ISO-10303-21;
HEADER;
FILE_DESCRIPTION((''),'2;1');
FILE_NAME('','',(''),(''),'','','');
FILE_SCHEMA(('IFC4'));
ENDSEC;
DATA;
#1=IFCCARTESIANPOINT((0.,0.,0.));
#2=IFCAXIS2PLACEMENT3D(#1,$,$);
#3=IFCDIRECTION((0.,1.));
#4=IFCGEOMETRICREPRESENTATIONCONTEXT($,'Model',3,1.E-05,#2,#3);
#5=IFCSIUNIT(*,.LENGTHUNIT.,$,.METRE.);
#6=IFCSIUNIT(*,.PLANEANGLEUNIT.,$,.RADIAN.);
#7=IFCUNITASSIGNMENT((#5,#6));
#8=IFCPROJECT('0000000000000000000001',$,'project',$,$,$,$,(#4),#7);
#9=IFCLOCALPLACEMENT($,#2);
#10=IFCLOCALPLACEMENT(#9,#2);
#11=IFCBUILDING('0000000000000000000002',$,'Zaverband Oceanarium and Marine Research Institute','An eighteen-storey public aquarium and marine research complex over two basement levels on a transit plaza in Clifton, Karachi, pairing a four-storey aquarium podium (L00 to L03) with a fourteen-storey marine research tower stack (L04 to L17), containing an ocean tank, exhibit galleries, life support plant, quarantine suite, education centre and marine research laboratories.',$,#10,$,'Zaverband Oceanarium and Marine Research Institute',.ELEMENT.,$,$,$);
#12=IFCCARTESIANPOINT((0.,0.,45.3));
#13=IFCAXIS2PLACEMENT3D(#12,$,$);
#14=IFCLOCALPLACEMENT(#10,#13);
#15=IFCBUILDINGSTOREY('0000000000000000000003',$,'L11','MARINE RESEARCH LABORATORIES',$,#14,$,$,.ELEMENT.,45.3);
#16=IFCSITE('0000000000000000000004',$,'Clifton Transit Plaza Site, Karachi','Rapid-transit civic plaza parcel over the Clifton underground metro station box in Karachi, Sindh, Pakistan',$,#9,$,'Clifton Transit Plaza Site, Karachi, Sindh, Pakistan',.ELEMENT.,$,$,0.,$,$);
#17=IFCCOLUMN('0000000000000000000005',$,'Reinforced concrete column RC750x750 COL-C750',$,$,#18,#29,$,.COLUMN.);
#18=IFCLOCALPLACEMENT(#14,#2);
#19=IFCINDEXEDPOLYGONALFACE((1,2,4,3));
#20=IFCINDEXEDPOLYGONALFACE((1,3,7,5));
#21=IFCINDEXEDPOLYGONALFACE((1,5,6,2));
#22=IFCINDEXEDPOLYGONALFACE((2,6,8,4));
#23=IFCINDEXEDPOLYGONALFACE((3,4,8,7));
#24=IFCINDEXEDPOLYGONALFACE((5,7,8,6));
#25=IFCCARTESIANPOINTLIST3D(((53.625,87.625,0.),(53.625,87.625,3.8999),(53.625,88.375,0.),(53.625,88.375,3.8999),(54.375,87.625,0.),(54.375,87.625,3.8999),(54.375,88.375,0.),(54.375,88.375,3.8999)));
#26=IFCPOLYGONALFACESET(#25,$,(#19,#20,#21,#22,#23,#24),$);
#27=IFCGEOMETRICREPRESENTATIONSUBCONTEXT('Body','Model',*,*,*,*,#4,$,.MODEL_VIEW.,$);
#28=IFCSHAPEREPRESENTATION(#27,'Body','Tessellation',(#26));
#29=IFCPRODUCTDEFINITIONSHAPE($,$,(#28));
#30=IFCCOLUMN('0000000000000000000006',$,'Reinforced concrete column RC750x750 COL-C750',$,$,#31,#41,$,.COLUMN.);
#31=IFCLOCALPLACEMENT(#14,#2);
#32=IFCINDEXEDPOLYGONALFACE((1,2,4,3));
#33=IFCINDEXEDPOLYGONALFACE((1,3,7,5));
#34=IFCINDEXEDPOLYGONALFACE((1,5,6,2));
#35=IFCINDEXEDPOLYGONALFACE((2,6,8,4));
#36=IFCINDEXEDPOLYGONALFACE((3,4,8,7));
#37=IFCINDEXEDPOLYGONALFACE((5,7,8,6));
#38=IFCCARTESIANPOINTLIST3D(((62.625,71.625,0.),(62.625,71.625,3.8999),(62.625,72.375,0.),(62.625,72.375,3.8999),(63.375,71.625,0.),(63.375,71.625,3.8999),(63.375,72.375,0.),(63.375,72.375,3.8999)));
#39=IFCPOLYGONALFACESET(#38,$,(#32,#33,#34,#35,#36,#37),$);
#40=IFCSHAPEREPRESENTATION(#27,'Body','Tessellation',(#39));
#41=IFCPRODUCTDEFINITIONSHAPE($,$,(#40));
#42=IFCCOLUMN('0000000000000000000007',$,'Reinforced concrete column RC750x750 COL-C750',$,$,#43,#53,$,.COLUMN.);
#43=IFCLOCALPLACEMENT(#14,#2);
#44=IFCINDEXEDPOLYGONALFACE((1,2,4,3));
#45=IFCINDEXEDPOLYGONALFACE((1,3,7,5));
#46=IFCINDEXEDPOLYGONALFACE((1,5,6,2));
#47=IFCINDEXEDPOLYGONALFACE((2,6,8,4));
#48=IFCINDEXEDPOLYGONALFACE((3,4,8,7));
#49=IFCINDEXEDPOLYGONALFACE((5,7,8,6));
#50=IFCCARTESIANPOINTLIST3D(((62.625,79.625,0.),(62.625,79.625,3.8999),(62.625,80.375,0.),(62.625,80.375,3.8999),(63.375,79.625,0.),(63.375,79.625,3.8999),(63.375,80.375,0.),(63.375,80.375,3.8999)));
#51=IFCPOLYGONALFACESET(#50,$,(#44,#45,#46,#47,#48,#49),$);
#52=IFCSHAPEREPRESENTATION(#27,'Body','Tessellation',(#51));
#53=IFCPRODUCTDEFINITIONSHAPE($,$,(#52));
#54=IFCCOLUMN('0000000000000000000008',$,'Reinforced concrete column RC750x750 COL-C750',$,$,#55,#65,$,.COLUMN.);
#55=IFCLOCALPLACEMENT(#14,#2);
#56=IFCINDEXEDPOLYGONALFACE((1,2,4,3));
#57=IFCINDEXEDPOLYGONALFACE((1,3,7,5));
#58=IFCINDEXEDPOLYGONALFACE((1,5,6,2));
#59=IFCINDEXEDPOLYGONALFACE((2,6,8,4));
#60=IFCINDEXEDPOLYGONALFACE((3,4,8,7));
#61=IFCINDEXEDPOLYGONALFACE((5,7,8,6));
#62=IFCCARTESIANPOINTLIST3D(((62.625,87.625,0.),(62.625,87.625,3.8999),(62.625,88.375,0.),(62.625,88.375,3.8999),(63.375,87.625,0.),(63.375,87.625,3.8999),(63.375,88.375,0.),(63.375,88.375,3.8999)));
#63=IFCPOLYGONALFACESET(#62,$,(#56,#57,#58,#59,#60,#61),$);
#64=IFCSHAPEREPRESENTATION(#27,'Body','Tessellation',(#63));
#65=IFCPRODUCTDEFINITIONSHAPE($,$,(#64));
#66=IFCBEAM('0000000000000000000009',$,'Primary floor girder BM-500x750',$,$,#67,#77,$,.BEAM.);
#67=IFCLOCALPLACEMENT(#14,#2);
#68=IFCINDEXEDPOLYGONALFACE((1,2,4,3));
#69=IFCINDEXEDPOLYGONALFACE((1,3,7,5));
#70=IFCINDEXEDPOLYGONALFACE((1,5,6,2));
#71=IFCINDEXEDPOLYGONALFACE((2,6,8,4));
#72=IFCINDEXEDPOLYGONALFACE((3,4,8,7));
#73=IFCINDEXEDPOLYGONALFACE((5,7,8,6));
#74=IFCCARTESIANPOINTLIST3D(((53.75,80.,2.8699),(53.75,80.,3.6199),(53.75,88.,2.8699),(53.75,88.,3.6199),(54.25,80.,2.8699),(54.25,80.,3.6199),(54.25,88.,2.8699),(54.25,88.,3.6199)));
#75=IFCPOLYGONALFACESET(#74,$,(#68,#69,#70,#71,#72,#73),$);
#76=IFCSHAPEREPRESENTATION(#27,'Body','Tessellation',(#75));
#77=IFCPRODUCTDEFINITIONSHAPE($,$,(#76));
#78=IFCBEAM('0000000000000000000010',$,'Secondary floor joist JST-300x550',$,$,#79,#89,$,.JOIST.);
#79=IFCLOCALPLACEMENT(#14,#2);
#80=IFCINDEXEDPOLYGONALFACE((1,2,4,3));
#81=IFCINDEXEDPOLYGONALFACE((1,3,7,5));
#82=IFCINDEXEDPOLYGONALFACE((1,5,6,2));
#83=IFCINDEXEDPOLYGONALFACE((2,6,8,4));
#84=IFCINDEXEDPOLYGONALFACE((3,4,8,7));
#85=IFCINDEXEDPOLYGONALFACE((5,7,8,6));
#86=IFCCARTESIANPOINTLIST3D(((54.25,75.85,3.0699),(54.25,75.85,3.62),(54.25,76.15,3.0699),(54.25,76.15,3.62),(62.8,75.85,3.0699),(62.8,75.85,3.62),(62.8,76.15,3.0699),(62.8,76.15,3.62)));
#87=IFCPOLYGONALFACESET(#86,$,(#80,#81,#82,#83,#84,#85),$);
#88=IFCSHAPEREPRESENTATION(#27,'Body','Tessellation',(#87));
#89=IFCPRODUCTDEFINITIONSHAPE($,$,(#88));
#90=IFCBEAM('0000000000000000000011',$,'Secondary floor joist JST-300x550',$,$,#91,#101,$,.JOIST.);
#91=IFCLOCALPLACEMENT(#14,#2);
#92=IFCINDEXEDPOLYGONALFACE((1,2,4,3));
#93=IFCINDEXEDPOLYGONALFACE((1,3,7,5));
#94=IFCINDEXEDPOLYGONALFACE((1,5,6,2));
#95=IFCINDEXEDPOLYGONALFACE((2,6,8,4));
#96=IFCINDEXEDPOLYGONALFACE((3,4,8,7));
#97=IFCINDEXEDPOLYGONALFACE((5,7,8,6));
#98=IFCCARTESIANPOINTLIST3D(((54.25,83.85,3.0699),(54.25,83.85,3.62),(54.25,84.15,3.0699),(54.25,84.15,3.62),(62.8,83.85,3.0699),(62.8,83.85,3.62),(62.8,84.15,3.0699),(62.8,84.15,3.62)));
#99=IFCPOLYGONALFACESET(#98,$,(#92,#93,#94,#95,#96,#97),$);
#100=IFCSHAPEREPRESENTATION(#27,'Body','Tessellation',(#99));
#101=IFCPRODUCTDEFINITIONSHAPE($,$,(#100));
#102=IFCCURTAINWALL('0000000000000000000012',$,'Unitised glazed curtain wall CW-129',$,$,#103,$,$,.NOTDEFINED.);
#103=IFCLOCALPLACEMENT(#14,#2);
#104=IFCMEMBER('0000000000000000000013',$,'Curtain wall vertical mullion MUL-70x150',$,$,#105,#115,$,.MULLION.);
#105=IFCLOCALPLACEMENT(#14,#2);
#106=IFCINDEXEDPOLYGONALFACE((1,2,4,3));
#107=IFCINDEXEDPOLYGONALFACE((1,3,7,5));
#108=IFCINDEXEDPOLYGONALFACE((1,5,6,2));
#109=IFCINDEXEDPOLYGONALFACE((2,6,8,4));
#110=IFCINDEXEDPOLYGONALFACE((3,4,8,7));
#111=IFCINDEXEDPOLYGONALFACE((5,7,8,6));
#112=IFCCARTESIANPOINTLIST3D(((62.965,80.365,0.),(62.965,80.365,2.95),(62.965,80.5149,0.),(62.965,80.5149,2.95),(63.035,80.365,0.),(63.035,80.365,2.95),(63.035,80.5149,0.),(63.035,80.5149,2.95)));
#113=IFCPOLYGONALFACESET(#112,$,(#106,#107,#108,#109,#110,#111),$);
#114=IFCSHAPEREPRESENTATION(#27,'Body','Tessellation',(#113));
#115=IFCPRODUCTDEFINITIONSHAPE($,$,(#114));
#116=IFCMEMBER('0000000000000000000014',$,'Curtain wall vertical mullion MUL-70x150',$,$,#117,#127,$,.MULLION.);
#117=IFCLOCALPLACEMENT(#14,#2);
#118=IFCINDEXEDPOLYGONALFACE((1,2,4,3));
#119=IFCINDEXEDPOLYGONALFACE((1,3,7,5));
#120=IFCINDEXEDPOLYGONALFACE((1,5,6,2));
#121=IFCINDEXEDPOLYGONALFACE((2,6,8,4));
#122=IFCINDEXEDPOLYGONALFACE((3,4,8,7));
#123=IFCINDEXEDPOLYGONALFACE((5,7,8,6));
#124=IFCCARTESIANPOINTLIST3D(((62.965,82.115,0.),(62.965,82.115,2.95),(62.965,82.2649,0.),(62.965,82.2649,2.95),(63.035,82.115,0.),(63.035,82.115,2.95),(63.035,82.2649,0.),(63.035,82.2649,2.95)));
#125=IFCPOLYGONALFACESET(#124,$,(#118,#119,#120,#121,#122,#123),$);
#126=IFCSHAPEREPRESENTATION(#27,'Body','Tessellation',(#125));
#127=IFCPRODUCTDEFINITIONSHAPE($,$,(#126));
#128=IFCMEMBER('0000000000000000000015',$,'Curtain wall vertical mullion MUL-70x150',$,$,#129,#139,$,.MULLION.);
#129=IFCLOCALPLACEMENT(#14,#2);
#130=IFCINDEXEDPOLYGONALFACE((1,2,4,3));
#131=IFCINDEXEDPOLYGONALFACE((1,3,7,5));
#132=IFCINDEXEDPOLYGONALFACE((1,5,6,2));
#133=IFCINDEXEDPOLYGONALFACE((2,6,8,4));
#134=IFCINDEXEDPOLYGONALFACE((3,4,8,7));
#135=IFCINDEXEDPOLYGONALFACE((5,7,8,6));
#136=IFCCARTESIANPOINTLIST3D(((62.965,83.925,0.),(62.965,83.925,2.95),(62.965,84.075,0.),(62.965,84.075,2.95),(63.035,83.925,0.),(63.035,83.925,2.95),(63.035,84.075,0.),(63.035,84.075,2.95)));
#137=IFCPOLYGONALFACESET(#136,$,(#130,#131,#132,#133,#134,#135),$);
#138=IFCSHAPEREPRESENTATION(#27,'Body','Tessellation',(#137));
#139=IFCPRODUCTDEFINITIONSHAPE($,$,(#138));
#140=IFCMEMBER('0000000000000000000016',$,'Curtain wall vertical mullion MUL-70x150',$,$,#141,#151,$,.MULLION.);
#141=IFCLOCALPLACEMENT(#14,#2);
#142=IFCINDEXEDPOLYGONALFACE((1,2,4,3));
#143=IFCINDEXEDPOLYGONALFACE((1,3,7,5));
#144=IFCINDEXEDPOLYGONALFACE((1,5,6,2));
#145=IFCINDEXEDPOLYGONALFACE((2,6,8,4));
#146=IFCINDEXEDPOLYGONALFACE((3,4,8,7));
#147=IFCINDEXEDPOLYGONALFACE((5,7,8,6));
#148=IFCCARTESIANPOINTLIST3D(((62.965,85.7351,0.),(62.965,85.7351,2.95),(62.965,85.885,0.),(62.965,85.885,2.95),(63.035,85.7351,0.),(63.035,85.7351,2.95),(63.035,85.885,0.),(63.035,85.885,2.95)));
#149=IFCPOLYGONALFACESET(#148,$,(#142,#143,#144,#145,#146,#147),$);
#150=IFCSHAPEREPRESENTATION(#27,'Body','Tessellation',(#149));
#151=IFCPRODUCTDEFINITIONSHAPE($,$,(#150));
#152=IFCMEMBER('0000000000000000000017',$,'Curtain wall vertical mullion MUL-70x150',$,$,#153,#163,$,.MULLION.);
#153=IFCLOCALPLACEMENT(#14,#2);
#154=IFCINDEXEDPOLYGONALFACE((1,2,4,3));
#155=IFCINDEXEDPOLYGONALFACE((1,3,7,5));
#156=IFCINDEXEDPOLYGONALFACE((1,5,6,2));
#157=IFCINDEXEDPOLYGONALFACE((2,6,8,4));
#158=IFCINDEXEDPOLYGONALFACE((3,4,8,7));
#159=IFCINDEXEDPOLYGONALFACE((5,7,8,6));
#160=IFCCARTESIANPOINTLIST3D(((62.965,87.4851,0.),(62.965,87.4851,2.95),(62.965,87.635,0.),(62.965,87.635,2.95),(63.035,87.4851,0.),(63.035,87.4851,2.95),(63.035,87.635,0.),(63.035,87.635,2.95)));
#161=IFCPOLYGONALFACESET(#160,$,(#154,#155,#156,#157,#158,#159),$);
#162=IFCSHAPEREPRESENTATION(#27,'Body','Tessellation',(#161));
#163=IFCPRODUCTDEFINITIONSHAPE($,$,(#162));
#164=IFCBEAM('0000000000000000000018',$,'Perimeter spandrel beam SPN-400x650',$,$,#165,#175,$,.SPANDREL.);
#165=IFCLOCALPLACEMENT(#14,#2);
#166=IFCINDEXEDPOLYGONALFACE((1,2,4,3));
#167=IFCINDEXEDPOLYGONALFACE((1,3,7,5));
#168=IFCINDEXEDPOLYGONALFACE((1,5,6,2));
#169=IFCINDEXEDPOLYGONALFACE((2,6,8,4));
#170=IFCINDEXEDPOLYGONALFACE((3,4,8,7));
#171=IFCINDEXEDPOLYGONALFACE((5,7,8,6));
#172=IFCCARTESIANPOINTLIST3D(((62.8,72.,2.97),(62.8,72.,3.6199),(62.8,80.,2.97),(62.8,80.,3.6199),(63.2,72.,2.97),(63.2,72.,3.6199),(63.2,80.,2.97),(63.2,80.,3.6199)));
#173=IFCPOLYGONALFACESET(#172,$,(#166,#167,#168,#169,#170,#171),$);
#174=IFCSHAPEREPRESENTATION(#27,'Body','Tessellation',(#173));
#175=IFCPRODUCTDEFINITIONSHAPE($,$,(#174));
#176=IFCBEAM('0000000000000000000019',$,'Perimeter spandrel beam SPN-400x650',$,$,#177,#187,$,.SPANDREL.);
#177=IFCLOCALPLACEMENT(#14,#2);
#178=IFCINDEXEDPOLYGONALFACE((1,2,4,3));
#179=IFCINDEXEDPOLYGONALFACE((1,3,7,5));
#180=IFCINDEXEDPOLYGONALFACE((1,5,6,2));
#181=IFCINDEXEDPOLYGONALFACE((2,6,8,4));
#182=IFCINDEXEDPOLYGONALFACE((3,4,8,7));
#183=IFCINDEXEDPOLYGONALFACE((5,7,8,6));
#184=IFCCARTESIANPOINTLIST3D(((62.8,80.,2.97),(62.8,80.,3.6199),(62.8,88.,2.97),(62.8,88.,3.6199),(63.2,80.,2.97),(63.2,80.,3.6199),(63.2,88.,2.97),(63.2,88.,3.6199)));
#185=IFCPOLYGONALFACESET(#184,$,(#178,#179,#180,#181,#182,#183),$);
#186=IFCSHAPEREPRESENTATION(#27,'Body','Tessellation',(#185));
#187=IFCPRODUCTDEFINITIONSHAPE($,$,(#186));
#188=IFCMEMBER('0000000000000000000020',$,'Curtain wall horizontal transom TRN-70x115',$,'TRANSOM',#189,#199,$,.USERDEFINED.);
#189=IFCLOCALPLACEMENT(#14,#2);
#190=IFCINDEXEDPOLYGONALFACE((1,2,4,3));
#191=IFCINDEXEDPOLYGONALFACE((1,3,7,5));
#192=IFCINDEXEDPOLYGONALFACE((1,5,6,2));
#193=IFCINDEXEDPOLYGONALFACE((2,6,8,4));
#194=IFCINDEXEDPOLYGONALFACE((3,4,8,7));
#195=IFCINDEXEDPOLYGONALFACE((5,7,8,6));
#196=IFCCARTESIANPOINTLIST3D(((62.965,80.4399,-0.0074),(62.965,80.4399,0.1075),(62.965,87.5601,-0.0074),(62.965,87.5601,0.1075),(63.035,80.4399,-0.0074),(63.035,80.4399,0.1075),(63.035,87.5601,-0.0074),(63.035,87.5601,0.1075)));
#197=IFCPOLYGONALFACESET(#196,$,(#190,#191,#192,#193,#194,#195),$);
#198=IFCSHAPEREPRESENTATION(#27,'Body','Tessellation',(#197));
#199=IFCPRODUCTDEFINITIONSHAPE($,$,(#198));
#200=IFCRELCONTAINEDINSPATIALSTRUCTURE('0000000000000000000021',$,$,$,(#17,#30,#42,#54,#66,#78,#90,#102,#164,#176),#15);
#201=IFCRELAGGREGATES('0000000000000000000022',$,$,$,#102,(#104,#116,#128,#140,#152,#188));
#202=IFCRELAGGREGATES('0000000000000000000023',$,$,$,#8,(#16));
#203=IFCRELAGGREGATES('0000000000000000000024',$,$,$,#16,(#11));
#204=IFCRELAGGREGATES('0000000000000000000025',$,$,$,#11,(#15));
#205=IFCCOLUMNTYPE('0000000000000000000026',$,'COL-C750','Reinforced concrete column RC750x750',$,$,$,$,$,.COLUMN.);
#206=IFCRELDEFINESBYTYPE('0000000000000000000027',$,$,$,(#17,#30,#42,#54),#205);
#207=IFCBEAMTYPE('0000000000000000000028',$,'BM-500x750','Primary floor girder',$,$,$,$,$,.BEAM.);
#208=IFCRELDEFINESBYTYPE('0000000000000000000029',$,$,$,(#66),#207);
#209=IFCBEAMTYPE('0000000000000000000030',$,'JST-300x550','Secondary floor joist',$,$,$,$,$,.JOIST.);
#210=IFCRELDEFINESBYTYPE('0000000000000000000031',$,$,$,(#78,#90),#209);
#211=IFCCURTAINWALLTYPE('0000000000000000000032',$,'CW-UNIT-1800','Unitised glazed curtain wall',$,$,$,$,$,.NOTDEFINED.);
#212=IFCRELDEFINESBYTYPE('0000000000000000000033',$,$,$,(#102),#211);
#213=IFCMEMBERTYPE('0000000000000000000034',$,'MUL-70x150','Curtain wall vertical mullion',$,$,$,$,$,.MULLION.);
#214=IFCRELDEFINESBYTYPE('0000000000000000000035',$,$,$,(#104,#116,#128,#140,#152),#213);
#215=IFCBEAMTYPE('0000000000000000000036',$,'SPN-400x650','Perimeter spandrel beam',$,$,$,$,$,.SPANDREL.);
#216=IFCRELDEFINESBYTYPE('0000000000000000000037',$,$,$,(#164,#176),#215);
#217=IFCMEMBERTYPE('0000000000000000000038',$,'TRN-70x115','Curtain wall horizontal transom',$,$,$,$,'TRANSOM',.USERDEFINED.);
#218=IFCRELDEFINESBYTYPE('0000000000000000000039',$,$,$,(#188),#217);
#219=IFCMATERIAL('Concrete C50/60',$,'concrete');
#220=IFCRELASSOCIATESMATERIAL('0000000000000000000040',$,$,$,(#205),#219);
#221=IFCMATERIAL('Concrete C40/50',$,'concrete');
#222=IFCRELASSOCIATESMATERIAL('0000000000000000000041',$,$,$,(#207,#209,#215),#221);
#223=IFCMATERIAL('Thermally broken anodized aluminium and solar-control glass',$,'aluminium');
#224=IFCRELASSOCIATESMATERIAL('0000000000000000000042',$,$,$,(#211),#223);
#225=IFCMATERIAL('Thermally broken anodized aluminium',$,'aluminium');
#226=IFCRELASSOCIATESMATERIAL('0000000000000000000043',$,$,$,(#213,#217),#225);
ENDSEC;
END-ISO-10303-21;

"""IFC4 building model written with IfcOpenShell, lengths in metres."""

from ifc_helpers import new_model, si_unit, direction, frame, origin, origin_2d, place, context, subcontext, project, spatial, rectangle, extrude, material, material_profile, profile_set, type_object, element, aggregate, save


model = new_model("IFC4")

# Units and contexts
model_context = context("Model", 3, precision=1e-05, world=origin(), true_north=direction((0.0, 1.0)))
body_context = subcontext(model_context, "Body", "Model", "MODEL_VIEW")
ifc_project = project(units=[si_unit("LENGTHUNIT", "METRE"), si_unit("PLANEANGLEUNIT", "RADIAN")], contexts=[model_context])

# Site, building, storey
site_placement = place(None, origin())
site = spatial("IfcSite", under=ifc_project, at=site_placement, Name="Clifton Transit Plaza Site, Karachi", Description="Rapid-transit civic plaza parcel over the Clifton underground metro station box in Karachi, Sindh, Pakistan", LongName="Clifton Transit Plaza Site, Karachi, Sindh, Pakistan", CompositionType="ELEMENT", RefElevation=0.0)
building_placement = place(site_placement, origin())
building = spatial("IfcBuilding", under=site, at=building_placement, Name="Zaverband Oceanarium and Marine Research Institute", Description="An eighteen-storey public aquarium and marine research complex over two basement levels on a transit plaza in Clifton, Karachi, pairing a four-storey aquarium podium (L00 to L03) with a fourteen-storey marine research tower stack (L04 to L17), containing an ocean tank, exhibit galleries, life support plant, quarantine suite, education centre and marine research laboratories.", LongName="Zaverband Oceanarium and Marine Research Institute", CompositionType="ELEMENT")
storey_placement = place(building_placement, frame((0.0, 0.0, 45.3)))
storey = spatial("IfcBuildingStorey", under=building, at=storey_placement, Name="L11", Description="MARINE RESEARCH LABORATORIES", CompositionType="ELEMENT", Elevation=45.3)

# Columns
ifc_material_1 = material(Name="Concrete C50/60", Category="concrete")
ifc_material_profile_1 = material_profile(ifc_material_1, rectangle(XDim=0.75, YDim=0.75, at=origin_2d()), Name="RC750x750")
ifc_profile_set_1 = profile_set([ifc_material_profile_1], Name="Concrete C50/60")
column_type = type_object("IfcColumnType", Name="COL-C750", Description="Reinforced concrete column RC750x750", PredefinedType="COLUMN", material=ifc_profile_set_1)
for number, where, z_axis, x_axis, name in (
    (1, (54.0, 88.0, 0.0), (0.0, 0.0, 1.0), (1.0, 0.0, 0.0), "Reinforced concrete column RC750x750 COL-C750"),
    (2, (63.0, 72.0, 0.0), (0.0, 0.0, 1.0), (1.0, 0.0, 0.0), "Reinforced concrete column RC750x750 COL-C750"),
    (3, (63.0, 80.0, 0.0), (0.0, 0.0, 1.0), (1.0, 0.0, 0.0), "Reinforced concrete column RC750x750 COL-C750"),
    (4, (63.0, 88.0, 0.0), (0.0, 0.0, 1.0), (1.0, 0.0, 0.0), "Reinforced concrete column RC750x750 COL-C750"),
):
    element("IfcColumn", number, at=place(storey_placement, frame(where, z_axis=z_axis, x_axis=x_axis)), inside=storey, type_object=column_type, Name=name, PredefinedType="COLUMN", context=body_context, shape_type="SweptSolid", body=[
        extrude(rectangle(XDim=0.75, YDim=0.75, at=origin_2d()), origin(), (0.0, 0.0, 1.0), 3.8999),
    ])

# Beams
ifc_material_2 = material(Name="Concrete C40/50", Category="concrete")
ifc_material_profile_2 = material_profile(ifc_material_2, rectangle(XDim=0.5, YDim=0.75, at=origin_2d()), Name="RC500x750")
ifc_profile_set_2 = profile_set([ifc_material_profile_2], Name="Concrete C40/50")
beam_type_1 = type_object("IfcBeamType", Name="BM-500x750", Description="Primary floor girder", PredefinedType="BEAM", material=ifc_profile_set_2)
beam_placement = place(storey_placement, frame((54.0, 80.0, 3.2449), z_axis=(0.0, 1.0, 0.0), x_axis=(-1.0, 0.0, 0.0)))
element("IfcBeam", 5, at=beam_placement, inside=storey, type_object=beam_type_1, Name="Primary floor girder BM-500x750", PredefinedType="BEAM", context=body_context, shape_type="SweptSolid", body=[
    extrude(rectangle(XDim=0.5, YDim=0.75, at=origin_2d()), origin(), (0.0, 0.0, 1.0), 8.0),
])
ifc_material_profile_3 = material_profile(ifc_material_2, rectangle(XDim=0.3, YDim=0.55, at=origin_2d()), Name="RC300x550")
ifc_profile_set_3 = profile_set([ifc_material_profile_3], Name="Concrete C40/50")
beam_type_2 = type_object("IfcBeamType", Name="JST-300x550", Description="Secondary floor joist", PredefinedType="JOIST", material=ifc_profile_set_3)
for number, where, z_axis, x_axis, name in (
    (6, (54.25, 76.0, 3.345), (1.0, 0.0, 0.0), (0.0, 1.0, 0.0), "Secondary floor joist JST-300x550"),
    (7, (54.25, 84.0, 3.345), (1.0, 0.0, 0.0), (0.0, 1.0, 0.0), "Secondary floor joist JST-300x550"),
):
    element("IfcBeam", number, at=place(storey_placement, frame(where, z_axis=z_axis, x_axis=x_axis)), inside=storey, type_object=beam_type_2, Name=name, PredefinedType="JOIST", context=body_context, shape_type="SweptSolid", body=[
        extrude(rectangle(XDim=0.3, YDim=0.55, at=origin_2d()), origin(), (0.0, 0.0, 1.0), 8.55),
    ])

# Curtain wall, members
ifc_material_3 = material(Name="Thermally broken anodized aluminium and solar-control glass", Category="aluminium")
curtain_wall_type = type_object("IfcCurtainWallType", Name="CW-UNIT-1800", Description="Unitised glazed curtain wall", PredefinedType="NOTDEFINED", material=ifc_material_3)
curtain_wall_placement = place(storey_placement, origin())
curtain_wall = element("IfcCurtainWall", 8, at=curtain_wall_placement, inside=storey, type_object=curtain_wall_type, Name="Unitised glazed curtain wall CW-129", PredefinedType="NOTDEFINED")
ifc_material_4 = material(Name="Thermally broken anodized aluminium", Category="aluminium")
ifc_material_profile_4 = material_profile(ifc_material_4, rectangle(XDim=0.0701, YDim=0.1499, at=origin_2d()), Name="AL-MUL-70x150")
ifc_profile_set_4 = profile_set([ifc_material_profile_4], Name="Thermally broken anodized aluminium")
member_type_1 = type_object("IfcMemberType", Name="MUL-70x150", Description="Curtain wall vertical mullion", PredefinedType="MULLION", material=ifc_profile_set_4)
member_1_placement = place(storey_placement, frame((63.0, 80.4399, 0.0), z_axis=(0.0, 0.0, 1.0), x_axis=(1.0, 0.0, 0.0)))
member_1 = element("IfcMember", 9, at=member_1_placement, type_object=member_type_1, Name="Curtain wall vertical mullion MUL-70x150", PredefinedType="MULLION", context=body_context, shape_type="SweptSolid", body=[
    extrude(rectangle(XDim=0.0701, YDim=0.1499, at=origin_2d()), origin(), (0.0, 0.0, 1.0), 2.95),
])
member_2_placement = place(storey_placement, frame((63.0, 82.1899, 0.0), z_axis=(0.0, 0.0, 1.0), x_axis=(1.0, 0.0, 0.0)))
member_2 = element("IfcMember", 10, at=member_2_placement, type_object=member_type_1, Name="Curtain wall vertical mullion MUL-70x150", PredefinedType="MULLION", context=body_context, shape_type="SweptSolid", body=[
    extrude(rectangle(XDim=0.0701, YDim=0.1499, at=origin_2d()), origin(), (0.0, 0.0, 1.0), 2.95),
])
member_3_placement = place(storey_placement, frame((63.0, 84.0, 0.0), z_axis=(0.0, 0.0, 1.0), x_axis=(1.0, 0.0, 0.0)))
member_3 = element("IfcMember", 11, at=member_3_placement, type_object=member_type_1, Name="Curtain wall vertical mullion MUL-70x150", PredefinedType="MULLION", context=body_context, shape_type="SweptSolid", body=[
    extrude(rectangle(XDim=0.0701, YDim=0.1499, at=origin_2d()), origin(), (0.0, 0.0, 1.0), 2.95),
])
member_4_placement = place(storey_placement, frame((63.0, 85.8101, 0.0), z_axis=(0.0, 0.0, 1.0), x_axis=(1.0, 0.0, 0.0)))
member_4 = element("IfcMember", 12, at=member_4_placement, type_object=member_type_1, Name="Curtain wall vertical mullion MUL-70x150", PredefinedType="MULLION", context=body_context, shape_type="SweptSolid", body=[
    extrude(rectangle(XDim=0.0701, YDim=0.1499, at=origin_2d()), origin(), (0.0, 0.0, 1.0), 2.95),
])
member_5_placement = place(storey_placement, frame((63.0, 87.5601, 0.0), z_axis=(0.0, 0.0, 1.0), x_axis=(1.0, 0.0, 0.0)))
member_5 = element("IfcMember", 13, at=member_5_placement, type_object=member_type_1, Name="Curtain wall vertical mullion MUL-70x150", PredefinedType="MULLION", context=body_context, shape_type="SweptSolid", body=[
    extrude(rectangle(XDim=0.0701, YDim=0.1499, at=origin_2d()), origin(), (0.0, 0.0, 1.0), 2.95),
])

# Beams
ifc_material_profile_5 = material_profile(ifc_material_2, rectangle(XDim=0.3999, YDim=0.6499, at=origin_2d()), Name="RC400x650")
ifc_profile_set_5 = profile_set([ifc_material_profile_5], Name="Concrete C40/50")
beam_type_3 = type_object("IfcBeamType", Name="SPN-400x650", Description="Perimeter spandrel beam", PredefinedType="SPANDREL", material=ifc_profile_set_5)
for number, where, z_axis, x_axis, name in (
    (14, (63.0, 72.0, 3.2949), (0.0, 1.0, 0.0), (-1.0, 0.0, 0.0), "Perimeter spandrel beam SPN-400x650"),
    (15, (63.0, 80.0, 3.2949), (0.0, 1.0, 0.0), (-1.0, 0.0, 0.0), "Perimeter spandrel beam SPN-400x650"),
):
    element("IfcBeam", number, at=place(storey_placement, frame(where, z_axis=z_axis, x_axis=x_axis)), inside=storey, type_object=beam_type_3, Name=name, PredefinedType="SPANDREL", context=body_context, shape_type="SweptSolid", body=[
        extrude(rectangle(XDim=0.3999, YDim=0.6499, at=origin_2d()), origin(), (0.0, 0.0, 1.0), 8.0),
    ])

# Member
ifc_material_profile_6 = material_profile(ifc_material_4, rectangle(XDim=0.0701, YDim=0.115, at=origin_2d()), Name="AL-TRN-70x115")
ifc_profile_set_6 = profile_set([ifc_material_profile_6], Name="Thermally broken anodized aluminium")
member_type_2 = type_object("IfcMemberType", Name="TRN-70x115", Description="Curtain wall horizontal transom", ElementType="TRANSOM", PredefinedType="USERDEFINED", material=ifc_profile_set_6)
member_6_placement = place(storey_placement, frame((63.0, 80.4399, 0.05), z_axis=(0.0, 1.0, 0.0), x_axis=(-1.0, 0.0, 0.0)))
member_6 = element("IfcMember", 16, at=member_6_placement, type_object=member_type_2, Name="Curtain wall horizontal transom TRN-70x115", ObjectType="TRANSOM", PredefinedType="USERDEFINED", context=body_context, shape_type="SweptSolid", body=[
    extrude(rectangle(XDim=0.0701, YDim=0.115, at=origin_2d()), origin(), (0.0, 0.0, 1.0), 7.1201),
])

aggregate(curtain_wall, [member_1, member_2, member_3, member_4, member_5, member_6])

save(model, "model.ifc")
